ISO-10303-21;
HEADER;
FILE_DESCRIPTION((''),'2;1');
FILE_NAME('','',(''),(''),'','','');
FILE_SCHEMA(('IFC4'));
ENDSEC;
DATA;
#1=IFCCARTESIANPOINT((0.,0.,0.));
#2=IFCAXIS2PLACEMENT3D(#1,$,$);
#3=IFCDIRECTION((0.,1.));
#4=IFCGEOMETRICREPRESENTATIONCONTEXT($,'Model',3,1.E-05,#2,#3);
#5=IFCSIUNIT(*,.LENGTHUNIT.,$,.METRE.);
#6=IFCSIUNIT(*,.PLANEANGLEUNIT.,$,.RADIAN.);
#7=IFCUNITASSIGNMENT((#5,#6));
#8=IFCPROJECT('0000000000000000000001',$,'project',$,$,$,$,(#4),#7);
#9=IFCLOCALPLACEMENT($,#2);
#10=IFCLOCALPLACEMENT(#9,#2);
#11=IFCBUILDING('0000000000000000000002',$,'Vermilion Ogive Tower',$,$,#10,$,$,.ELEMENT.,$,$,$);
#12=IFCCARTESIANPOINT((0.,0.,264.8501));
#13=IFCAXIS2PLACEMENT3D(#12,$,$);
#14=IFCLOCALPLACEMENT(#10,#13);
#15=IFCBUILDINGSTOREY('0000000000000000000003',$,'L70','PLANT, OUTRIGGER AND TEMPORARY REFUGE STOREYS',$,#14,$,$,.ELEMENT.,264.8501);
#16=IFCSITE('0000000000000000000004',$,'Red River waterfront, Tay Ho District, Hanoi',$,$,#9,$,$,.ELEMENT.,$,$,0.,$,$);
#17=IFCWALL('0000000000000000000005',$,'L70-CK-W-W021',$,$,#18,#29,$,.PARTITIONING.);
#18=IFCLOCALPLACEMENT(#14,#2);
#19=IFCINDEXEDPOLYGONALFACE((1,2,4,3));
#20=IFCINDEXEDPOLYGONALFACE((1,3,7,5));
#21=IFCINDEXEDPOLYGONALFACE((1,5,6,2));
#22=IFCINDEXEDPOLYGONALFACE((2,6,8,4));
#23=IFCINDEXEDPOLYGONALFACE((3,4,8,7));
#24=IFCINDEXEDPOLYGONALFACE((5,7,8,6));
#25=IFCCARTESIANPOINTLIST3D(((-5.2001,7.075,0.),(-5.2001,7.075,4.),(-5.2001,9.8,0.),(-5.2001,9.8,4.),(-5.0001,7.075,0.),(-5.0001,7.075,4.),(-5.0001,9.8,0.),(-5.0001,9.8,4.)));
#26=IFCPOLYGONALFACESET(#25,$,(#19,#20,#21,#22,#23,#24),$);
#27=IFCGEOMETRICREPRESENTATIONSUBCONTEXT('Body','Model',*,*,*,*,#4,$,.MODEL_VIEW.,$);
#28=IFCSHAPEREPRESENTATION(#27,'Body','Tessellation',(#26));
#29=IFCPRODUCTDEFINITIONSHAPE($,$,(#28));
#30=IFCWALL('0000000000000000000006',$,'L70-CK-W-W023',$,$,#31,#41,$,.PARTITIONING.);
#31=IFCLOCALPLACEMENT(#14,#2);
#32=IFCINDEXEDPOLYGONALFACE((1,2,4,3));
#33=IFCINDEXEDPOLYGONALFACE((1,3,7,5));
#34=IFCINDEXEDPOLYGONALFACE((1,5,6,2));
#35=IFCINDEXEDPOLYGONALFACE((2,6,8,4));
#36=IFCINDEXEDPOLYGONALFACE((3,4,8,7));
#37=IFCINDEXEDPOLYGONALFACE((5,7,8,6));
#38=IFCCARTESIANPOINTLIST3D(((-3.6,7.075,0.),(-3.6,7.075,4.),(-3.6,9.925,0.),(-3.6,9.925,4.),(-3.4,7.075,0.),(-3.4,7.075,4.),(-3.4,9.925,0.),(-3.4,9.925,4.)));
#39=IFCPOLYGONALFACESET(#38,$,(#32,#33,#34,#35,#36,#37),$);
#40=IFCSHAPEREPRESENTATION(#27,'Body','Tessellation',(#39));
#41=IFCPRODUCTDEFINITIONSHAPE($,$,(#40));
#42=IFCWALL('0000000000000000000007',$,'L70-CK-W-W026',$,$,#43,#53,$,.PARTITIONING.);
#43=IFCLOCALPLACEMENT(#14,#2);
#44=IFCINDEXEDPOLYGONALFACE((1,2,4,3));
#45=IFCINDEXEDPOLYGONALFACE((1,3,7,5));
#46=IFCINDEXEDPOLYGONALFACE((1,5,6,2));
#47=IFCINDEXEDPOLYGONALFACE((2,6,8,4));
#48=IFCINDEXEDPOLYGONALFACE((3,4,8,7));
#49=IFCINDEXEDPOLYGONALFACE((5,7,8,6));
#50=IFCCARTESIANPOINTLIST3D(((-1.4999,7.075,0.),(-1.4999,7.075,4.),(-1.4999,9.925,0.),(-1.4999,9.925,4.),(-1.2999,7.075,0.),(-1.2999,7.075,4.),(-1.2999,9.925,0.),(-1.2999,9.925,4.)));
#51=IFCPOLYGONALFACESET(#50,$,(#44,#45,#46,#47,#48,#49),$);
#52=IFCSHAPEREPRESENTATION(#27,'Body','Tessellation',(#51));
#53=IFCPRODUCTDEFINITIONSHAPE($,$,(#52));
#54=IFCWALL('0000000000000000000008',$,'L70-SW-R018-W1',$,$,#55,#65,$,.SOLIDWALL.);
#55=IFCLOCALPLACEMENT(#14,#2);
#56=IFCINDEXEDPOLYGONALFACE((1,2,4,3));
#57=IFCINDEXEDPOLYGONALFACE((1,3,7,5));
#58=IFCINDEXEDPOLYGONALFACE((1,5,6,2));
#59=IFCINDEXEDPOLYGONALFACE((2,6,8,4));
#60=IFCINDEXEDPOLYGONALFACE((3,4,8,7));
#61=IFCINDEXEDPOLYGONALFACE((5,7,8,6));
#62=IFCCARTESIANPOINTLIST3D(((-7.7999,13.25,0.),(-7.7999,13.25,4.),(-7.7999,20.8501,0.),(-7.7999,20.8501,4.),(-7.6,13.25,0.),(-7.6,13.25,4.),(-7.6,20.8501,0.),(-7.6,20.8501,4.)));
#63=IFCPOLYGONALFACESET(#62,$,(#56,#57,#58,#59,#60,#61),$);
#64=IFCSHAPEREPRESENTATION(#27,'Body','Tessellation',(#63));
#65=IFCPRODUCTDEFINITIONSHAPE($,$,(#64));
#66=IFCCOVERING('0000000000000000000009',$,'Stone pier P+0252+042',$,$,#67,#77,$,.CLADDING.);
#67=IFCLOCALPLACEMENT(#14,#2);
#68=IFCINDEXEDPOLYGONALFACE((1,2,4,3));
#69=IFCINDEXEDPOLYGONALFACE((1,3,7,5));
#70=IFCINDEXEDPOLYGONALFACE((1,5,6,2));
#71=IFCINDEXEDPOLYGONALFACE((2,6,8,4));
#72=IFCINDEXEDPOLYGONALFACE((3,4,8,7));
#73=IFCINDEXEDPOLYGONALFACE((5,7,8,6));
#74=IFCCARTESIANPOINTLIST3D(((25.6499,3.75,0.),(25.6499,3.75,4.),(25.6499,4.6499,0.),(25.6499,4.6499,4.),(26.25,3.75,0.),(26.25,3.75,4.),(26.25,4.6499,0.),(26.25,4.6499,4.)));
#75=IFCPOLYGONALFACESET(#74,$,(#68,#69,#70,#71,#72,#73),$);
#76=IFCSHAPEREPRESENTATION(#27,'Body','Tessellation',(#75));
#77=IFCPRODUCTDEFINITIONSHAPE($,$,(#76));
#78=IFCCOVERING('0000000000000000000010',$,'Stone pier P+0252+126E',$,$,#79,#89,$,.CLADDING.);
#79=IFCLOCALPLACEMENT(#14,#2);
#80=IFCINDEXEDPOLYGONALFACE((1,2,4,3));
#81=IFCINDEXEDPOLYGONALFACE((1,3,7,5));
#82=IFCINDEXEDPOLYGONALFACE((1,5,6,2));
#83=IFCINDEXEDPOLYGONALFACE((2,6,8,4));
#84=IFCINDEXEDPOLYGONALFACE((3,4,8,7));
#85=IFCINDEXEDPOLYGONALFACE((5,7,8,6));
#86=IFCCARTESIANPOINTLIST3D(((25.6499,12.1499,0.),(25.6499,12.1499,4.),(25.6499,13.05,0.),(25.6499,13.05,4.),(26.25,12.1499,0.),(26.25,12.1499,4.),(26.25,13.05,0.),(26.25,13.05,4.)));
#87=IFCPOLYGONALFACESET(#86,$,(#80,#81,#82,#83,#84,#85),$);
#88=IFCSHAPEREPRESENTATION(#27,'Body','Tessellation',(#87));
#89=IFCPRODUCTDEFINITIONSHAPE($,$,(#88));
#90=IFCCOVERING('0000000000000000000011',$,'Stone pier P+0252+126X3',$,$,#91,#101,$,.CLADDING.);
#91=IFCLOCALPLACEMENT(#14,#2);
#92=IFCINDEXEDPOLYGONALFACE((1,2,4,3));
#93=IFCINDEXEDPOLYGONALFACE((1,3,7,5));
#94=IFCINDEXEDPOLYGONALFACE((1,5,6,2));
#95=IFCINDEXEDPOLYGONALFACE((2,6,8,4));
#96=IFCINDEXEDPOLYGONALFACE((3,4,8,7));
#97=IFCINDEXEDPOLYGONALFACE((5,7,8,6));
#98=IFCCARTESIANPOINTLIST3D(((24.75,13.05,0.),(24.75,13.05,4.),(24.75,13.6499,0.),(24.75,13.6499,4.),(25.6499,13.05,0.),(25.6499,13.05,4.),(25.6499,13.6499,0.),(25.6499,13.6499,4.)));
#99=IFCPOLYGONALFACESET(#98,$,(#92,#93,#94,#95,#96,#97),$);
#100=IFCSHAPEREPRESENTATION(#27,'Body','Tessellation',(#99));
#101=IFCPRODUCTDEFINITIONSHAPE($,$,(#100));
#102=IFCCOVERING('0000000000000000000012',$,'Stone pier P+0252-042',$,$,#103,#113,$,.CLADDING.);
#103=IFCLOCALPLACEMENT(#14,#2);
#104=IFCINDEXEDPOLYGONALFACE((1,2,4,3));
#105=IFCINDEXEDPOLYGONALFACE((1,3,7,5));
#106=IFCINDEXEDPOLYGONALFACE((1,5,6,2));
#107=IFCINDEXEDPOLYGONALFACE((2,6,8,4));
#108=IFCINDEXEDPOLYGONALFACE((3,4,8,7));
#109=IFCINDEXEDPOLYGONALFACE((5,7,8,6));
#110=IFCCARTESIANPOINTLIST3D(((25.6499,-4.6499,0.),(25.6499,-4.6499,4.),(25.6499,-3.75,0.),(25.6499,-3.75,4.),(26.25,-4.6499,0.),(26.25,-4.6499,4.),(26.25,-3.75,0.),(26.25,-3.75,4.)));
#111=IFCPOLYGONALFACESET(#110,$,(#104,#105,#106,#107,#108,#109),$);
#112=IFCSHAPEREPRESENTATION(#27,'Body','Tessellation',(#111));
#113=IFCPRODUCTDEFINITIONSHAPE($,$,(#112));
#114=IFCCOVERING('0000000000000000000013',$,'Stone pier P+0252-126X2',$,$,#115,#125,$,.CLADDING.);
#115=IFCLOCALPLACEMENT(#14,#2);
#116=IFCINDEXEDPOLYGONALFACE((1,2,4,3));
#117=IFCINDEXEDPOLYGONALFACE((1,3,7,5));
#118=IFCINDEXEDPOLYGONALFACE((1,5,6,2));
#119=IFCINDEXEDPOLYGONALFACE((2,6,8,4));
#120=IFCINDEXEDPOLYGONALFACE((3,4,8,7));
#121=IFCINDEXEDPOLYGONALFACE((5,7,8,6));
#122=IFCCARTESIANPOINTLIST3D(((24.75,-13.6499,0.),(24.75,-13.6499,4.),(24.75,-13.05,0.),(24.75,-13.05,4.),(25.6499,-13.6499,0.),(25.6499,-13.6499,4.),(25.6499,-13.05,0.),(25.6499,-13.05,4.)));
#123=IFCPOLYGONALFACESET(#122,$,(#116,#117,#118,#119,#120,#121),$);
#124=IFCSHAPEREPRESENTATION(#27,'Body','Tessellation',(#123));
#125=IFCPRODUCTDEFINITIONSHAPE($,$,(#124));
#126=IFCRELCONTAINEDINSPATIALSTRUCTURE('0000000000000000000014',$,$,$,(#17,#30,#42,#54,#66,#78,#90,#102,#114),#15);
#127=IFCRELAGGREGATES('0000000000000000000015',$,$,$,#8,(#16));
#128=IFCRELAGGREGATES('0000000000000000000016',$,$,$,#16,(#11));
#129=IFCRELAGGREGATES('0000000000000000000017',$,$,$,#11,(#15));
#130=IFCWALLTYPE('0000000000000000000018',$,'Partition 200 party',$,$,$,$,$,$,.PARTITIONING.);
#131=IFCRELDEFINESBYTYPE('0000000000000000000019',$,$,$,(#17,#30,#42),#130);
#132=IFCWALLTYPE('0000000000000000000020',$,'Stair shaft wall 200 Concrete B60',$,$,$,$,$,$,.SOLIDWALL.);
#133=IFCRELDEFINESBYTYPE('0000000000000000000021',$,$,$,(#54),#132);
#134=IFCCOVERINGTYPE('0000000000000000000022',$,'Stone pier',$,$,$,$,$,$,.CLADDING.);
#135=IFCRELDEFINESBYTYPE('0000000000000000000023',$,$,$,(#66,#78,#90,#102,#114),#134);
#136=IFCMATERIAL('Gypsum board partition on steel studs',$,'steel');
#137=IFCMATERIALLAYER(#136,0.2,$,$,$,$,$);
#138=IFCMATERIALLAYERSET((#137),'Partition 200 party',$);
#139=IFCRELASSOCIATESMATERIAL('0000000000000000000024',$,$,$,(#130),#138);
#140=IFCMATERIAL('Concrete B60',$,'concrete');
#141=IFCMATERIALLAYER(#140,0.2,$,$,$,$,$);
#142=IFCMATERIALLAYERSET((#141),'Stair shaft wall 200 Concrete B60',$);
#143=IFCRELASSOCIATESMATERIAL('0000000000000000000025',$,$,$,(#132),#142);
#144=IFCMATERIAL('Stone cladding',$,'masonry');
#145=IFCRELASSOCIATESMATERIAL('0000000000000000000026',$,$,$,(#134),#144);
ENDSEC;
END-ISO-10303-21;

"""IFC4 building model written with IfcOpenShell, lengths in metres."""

from ifc_helpers import new_model, si_unit, direction, frame, frame_2d, origin, place, context, subcontext, project, spatial, polyline, rectangle, outline, extrude, material, layer, layer_set, type_object, element, save


model = new_model("IFC4")

# Units and contexts
model_context = context("Model", 3, precision=1e-05, world=origin(), true_north=direction((0.0, 1.0)))
body_context = subcontext(model_context, "Body", "Model", "MODEL_VIEW")
ifc_project = project(units=[si_unit("LENGTHUNIT", "METRE"), si_unit("PLANEANGLEUNIT", "RADIAN")], contexts=[model_context])

# Site, building, storey
site_placement = place(None, origin())
site = spatial("IfcSite", under=ifc_project, at=site_placement, Name="Red River waterfront, Tay Ho District, Hanoi", CompositionType="ELEMENT", RefElevation=0.0)
building_placement = place(site_placement, origin())
building = spatial("IfcBuilding", under=site, at=building_placement, Name="Vermilion Ogive Tower", CompositionType="ELEMENT")
storey_placement = place(building_placement, frame((0.0, 0.0, 264.8501)))
storey = spatial("IfcBuildingStorey", under=building, at=storey_placement, Name="L70", Description="PLANT, OUTRIGGER AND TEMPORARY REFUGE STOREYS", CompositionType="ELEMENT", Elevation=264.8501)

# Shared definitions
ifc_material_1 = material(Name="Gypsum board partition on steel studs", Category="steel")
ifc_layer_1 = layer(ifc_material_1, 0.2)
ifc_layer_set_1 = layer_set([ifc_layer_1], Name="Partition 200 party")
wall_type_1 = type_object("IfcWallType", Name="Partition 200 party", PredefinedType="PARTITIONING", material=ifc_layer_set_1)

# Walls
wall_1_placement = place(storey_placement, frame((-5.1001, 7.075, 0.0), z_axis=(0.0, 0.0, 1.0), x_axis=(0.0, 1.0, 0.0)))
element("IfcWall", 1, at=wall_1_placement, inside=storey, type_object=wall_type_1, Name="L70-CK-W-W021", PredefinedType="PARTITIONING", context=body_context, shape_type="SweptSolid", body=[
    extrude(rectangle(XDim=2.7251, YDim=0.2, at=frame_2d((1.3625, 0.0))), origin(), (0.0, 0.0, 1.0), 4.0),
])
for number, where, z_axis, x_axis, name in (
    (2, (-3.5, 7.075, 0.0), (0.0, 0.0, 1.0), (0.0, 1.0, 0.0), "L70-CK-W-W023"),
    (3, (-1.3999, 7.075, 0.0), (0.0, 0.0, 1.0), (0.0, 1.0, 0.0), "L70-CK-W-W026"),
):
    element("IfcWall", number, at=place(storey_placement, frame(where, z_axis=z_axis, x_axis=x_axis)), inside=storey, type_object=wall_type_1, Name=name, PredefinedType="PARTITIONING", context=body_context, shape_type="SweptSolid", body=[
        extrude(rectangle(XDim=2.8501, YDim=0.2, at=frame_2d((1.425, 0.0))), origin(), (0.0, 0.0, 1.0), 4.0),
    ])
ifc_material_2 = material(Name="Concrete B60", Category="concrete")
ifc_layer_2 = layer(ifc_material_2, 0.2)
ifc_layer_set_2 = layer_set([ifc_layer_2], Name="Stair shaft wall 200 Concrete B60")
wall_type_2 = type_object("IfcWallType", Name="Stair shaft wall 200 Concrete B60", PredefinedType="SOLIDWALL", material=ifc_layer_set_2)
wall_2_placement = place(storey_placement, frame((-7.7, 13.25, 0.0), z_axis=(0.0, 0.0, 1.0), x_axis=(0.0, 1.0, 0.0)))
element("IfcWall", 4, at=wall_2_placement, inside=storey, type_object=wall_type_2, Name="L70-SW-R018-W1", PredefinedType="SOLIDWALL", context=body_context, shape_type="SweptSolid", body=[
    extrude(rectangle(XDim=7.6001, YDim=0.2, at=frame_2d((3.8, 0.0))), origin(), (0.0, 0.0, 1.0), 4.0),
])

# Coverings
ifc_material_3 = material(Name="Stone cladding", Category="masonry")
covering_type = type_object("IfcCoveringType", Name="Stone pier", PredefinedType="CLADDING", material=ifc_material_3)
covering_1_placement = place(storey_placement, origin())
element("IfcCovering", 5, at=covering_1_placement, inside=storey, type_object=covering_type, Name="Stone pier P+0252+042", PredefinedType="CLADDING", context=body_context, shape_type="SweptSolid", body=[
    extrude(outline(polyline([(26.25, 4.6499), (26.25, 3.75), (25.6499, 3.75), (25.6499, 4.6499), (26.25, 4.6499)])), origin(), (0.0, 0.0, 1.0), 4.0),
])
covering_2_placement = place(storey_placement, origin())
element("IfcCovering", 6, at=covering_2_placement, inside=storey, type_object=covering_type, Name="Stone pier P+0252+126E", PredefinedType="CLADDING", context=body_context, shape_type="SweptSolid", body=[
    extrude(outline(polyline([(26.25, 13.05), (26.25, 12.1499), (25.6499, 12.1499), (25.6499, 13.05), (26.25, 13.05)])), origin(), (0.0, 0.0, 1.0), 4.0),
])
covering_3_placement = place(storey_placement, origin())
element("IfcCovering", 7, at=covering_3_placement, inside=storey, type_object=covering_type, Name="Stone pier P+0252+126X3", PredefinedType="CLADDING", context=body_context, shape_type="SweptSolid", body=[
    extrude(outline(polyline([(25.6499, 13.6499), (25.6499, 13.05), (24.75, 13.05), (24.75, 13.6499), (25.6499, 13.6499)])), origin(), (0.0, 0.0, 1.0), 4.0),
])
covering_4_placement = place(storey_placement, origin())
element("IfcCovering", 8, at=covering_4_placement, inside=storey, type_object=covering_type, Name="Stone pier P+0252-042", PredefinedType="CLADDING", context=body_context, shape_type="SweptSolid", body=[
    extrude(outline(polyline([(26.25, -3.75), (26.25, -4.6499), (25.6499, -4.6499), (25.6499, -3.75), (26.25, -3.75)])), origin(), (0.0, 0.0, 1.0), 4.0),
])
covering_5_placement = place(storey_placement, origin())
element("IfcCovering", 9, at=covering_5_placement, inside=storey, type_object=covering_type, Name="Stone pier P+0252-126X2", PredefinedType="CLADDING", context=body_context, shape_type="SweptSolid", body=[
    extrude(outline(polyline([(25.6499, -13.6499), (24.75, -13.6499), (24.75, -13.05), (25.6499, -13.05), (25.6499, -13.6499)])), origin(), (0.0, 0.0, 1.0), 4.0),
])

save(model, "model.ifc")
